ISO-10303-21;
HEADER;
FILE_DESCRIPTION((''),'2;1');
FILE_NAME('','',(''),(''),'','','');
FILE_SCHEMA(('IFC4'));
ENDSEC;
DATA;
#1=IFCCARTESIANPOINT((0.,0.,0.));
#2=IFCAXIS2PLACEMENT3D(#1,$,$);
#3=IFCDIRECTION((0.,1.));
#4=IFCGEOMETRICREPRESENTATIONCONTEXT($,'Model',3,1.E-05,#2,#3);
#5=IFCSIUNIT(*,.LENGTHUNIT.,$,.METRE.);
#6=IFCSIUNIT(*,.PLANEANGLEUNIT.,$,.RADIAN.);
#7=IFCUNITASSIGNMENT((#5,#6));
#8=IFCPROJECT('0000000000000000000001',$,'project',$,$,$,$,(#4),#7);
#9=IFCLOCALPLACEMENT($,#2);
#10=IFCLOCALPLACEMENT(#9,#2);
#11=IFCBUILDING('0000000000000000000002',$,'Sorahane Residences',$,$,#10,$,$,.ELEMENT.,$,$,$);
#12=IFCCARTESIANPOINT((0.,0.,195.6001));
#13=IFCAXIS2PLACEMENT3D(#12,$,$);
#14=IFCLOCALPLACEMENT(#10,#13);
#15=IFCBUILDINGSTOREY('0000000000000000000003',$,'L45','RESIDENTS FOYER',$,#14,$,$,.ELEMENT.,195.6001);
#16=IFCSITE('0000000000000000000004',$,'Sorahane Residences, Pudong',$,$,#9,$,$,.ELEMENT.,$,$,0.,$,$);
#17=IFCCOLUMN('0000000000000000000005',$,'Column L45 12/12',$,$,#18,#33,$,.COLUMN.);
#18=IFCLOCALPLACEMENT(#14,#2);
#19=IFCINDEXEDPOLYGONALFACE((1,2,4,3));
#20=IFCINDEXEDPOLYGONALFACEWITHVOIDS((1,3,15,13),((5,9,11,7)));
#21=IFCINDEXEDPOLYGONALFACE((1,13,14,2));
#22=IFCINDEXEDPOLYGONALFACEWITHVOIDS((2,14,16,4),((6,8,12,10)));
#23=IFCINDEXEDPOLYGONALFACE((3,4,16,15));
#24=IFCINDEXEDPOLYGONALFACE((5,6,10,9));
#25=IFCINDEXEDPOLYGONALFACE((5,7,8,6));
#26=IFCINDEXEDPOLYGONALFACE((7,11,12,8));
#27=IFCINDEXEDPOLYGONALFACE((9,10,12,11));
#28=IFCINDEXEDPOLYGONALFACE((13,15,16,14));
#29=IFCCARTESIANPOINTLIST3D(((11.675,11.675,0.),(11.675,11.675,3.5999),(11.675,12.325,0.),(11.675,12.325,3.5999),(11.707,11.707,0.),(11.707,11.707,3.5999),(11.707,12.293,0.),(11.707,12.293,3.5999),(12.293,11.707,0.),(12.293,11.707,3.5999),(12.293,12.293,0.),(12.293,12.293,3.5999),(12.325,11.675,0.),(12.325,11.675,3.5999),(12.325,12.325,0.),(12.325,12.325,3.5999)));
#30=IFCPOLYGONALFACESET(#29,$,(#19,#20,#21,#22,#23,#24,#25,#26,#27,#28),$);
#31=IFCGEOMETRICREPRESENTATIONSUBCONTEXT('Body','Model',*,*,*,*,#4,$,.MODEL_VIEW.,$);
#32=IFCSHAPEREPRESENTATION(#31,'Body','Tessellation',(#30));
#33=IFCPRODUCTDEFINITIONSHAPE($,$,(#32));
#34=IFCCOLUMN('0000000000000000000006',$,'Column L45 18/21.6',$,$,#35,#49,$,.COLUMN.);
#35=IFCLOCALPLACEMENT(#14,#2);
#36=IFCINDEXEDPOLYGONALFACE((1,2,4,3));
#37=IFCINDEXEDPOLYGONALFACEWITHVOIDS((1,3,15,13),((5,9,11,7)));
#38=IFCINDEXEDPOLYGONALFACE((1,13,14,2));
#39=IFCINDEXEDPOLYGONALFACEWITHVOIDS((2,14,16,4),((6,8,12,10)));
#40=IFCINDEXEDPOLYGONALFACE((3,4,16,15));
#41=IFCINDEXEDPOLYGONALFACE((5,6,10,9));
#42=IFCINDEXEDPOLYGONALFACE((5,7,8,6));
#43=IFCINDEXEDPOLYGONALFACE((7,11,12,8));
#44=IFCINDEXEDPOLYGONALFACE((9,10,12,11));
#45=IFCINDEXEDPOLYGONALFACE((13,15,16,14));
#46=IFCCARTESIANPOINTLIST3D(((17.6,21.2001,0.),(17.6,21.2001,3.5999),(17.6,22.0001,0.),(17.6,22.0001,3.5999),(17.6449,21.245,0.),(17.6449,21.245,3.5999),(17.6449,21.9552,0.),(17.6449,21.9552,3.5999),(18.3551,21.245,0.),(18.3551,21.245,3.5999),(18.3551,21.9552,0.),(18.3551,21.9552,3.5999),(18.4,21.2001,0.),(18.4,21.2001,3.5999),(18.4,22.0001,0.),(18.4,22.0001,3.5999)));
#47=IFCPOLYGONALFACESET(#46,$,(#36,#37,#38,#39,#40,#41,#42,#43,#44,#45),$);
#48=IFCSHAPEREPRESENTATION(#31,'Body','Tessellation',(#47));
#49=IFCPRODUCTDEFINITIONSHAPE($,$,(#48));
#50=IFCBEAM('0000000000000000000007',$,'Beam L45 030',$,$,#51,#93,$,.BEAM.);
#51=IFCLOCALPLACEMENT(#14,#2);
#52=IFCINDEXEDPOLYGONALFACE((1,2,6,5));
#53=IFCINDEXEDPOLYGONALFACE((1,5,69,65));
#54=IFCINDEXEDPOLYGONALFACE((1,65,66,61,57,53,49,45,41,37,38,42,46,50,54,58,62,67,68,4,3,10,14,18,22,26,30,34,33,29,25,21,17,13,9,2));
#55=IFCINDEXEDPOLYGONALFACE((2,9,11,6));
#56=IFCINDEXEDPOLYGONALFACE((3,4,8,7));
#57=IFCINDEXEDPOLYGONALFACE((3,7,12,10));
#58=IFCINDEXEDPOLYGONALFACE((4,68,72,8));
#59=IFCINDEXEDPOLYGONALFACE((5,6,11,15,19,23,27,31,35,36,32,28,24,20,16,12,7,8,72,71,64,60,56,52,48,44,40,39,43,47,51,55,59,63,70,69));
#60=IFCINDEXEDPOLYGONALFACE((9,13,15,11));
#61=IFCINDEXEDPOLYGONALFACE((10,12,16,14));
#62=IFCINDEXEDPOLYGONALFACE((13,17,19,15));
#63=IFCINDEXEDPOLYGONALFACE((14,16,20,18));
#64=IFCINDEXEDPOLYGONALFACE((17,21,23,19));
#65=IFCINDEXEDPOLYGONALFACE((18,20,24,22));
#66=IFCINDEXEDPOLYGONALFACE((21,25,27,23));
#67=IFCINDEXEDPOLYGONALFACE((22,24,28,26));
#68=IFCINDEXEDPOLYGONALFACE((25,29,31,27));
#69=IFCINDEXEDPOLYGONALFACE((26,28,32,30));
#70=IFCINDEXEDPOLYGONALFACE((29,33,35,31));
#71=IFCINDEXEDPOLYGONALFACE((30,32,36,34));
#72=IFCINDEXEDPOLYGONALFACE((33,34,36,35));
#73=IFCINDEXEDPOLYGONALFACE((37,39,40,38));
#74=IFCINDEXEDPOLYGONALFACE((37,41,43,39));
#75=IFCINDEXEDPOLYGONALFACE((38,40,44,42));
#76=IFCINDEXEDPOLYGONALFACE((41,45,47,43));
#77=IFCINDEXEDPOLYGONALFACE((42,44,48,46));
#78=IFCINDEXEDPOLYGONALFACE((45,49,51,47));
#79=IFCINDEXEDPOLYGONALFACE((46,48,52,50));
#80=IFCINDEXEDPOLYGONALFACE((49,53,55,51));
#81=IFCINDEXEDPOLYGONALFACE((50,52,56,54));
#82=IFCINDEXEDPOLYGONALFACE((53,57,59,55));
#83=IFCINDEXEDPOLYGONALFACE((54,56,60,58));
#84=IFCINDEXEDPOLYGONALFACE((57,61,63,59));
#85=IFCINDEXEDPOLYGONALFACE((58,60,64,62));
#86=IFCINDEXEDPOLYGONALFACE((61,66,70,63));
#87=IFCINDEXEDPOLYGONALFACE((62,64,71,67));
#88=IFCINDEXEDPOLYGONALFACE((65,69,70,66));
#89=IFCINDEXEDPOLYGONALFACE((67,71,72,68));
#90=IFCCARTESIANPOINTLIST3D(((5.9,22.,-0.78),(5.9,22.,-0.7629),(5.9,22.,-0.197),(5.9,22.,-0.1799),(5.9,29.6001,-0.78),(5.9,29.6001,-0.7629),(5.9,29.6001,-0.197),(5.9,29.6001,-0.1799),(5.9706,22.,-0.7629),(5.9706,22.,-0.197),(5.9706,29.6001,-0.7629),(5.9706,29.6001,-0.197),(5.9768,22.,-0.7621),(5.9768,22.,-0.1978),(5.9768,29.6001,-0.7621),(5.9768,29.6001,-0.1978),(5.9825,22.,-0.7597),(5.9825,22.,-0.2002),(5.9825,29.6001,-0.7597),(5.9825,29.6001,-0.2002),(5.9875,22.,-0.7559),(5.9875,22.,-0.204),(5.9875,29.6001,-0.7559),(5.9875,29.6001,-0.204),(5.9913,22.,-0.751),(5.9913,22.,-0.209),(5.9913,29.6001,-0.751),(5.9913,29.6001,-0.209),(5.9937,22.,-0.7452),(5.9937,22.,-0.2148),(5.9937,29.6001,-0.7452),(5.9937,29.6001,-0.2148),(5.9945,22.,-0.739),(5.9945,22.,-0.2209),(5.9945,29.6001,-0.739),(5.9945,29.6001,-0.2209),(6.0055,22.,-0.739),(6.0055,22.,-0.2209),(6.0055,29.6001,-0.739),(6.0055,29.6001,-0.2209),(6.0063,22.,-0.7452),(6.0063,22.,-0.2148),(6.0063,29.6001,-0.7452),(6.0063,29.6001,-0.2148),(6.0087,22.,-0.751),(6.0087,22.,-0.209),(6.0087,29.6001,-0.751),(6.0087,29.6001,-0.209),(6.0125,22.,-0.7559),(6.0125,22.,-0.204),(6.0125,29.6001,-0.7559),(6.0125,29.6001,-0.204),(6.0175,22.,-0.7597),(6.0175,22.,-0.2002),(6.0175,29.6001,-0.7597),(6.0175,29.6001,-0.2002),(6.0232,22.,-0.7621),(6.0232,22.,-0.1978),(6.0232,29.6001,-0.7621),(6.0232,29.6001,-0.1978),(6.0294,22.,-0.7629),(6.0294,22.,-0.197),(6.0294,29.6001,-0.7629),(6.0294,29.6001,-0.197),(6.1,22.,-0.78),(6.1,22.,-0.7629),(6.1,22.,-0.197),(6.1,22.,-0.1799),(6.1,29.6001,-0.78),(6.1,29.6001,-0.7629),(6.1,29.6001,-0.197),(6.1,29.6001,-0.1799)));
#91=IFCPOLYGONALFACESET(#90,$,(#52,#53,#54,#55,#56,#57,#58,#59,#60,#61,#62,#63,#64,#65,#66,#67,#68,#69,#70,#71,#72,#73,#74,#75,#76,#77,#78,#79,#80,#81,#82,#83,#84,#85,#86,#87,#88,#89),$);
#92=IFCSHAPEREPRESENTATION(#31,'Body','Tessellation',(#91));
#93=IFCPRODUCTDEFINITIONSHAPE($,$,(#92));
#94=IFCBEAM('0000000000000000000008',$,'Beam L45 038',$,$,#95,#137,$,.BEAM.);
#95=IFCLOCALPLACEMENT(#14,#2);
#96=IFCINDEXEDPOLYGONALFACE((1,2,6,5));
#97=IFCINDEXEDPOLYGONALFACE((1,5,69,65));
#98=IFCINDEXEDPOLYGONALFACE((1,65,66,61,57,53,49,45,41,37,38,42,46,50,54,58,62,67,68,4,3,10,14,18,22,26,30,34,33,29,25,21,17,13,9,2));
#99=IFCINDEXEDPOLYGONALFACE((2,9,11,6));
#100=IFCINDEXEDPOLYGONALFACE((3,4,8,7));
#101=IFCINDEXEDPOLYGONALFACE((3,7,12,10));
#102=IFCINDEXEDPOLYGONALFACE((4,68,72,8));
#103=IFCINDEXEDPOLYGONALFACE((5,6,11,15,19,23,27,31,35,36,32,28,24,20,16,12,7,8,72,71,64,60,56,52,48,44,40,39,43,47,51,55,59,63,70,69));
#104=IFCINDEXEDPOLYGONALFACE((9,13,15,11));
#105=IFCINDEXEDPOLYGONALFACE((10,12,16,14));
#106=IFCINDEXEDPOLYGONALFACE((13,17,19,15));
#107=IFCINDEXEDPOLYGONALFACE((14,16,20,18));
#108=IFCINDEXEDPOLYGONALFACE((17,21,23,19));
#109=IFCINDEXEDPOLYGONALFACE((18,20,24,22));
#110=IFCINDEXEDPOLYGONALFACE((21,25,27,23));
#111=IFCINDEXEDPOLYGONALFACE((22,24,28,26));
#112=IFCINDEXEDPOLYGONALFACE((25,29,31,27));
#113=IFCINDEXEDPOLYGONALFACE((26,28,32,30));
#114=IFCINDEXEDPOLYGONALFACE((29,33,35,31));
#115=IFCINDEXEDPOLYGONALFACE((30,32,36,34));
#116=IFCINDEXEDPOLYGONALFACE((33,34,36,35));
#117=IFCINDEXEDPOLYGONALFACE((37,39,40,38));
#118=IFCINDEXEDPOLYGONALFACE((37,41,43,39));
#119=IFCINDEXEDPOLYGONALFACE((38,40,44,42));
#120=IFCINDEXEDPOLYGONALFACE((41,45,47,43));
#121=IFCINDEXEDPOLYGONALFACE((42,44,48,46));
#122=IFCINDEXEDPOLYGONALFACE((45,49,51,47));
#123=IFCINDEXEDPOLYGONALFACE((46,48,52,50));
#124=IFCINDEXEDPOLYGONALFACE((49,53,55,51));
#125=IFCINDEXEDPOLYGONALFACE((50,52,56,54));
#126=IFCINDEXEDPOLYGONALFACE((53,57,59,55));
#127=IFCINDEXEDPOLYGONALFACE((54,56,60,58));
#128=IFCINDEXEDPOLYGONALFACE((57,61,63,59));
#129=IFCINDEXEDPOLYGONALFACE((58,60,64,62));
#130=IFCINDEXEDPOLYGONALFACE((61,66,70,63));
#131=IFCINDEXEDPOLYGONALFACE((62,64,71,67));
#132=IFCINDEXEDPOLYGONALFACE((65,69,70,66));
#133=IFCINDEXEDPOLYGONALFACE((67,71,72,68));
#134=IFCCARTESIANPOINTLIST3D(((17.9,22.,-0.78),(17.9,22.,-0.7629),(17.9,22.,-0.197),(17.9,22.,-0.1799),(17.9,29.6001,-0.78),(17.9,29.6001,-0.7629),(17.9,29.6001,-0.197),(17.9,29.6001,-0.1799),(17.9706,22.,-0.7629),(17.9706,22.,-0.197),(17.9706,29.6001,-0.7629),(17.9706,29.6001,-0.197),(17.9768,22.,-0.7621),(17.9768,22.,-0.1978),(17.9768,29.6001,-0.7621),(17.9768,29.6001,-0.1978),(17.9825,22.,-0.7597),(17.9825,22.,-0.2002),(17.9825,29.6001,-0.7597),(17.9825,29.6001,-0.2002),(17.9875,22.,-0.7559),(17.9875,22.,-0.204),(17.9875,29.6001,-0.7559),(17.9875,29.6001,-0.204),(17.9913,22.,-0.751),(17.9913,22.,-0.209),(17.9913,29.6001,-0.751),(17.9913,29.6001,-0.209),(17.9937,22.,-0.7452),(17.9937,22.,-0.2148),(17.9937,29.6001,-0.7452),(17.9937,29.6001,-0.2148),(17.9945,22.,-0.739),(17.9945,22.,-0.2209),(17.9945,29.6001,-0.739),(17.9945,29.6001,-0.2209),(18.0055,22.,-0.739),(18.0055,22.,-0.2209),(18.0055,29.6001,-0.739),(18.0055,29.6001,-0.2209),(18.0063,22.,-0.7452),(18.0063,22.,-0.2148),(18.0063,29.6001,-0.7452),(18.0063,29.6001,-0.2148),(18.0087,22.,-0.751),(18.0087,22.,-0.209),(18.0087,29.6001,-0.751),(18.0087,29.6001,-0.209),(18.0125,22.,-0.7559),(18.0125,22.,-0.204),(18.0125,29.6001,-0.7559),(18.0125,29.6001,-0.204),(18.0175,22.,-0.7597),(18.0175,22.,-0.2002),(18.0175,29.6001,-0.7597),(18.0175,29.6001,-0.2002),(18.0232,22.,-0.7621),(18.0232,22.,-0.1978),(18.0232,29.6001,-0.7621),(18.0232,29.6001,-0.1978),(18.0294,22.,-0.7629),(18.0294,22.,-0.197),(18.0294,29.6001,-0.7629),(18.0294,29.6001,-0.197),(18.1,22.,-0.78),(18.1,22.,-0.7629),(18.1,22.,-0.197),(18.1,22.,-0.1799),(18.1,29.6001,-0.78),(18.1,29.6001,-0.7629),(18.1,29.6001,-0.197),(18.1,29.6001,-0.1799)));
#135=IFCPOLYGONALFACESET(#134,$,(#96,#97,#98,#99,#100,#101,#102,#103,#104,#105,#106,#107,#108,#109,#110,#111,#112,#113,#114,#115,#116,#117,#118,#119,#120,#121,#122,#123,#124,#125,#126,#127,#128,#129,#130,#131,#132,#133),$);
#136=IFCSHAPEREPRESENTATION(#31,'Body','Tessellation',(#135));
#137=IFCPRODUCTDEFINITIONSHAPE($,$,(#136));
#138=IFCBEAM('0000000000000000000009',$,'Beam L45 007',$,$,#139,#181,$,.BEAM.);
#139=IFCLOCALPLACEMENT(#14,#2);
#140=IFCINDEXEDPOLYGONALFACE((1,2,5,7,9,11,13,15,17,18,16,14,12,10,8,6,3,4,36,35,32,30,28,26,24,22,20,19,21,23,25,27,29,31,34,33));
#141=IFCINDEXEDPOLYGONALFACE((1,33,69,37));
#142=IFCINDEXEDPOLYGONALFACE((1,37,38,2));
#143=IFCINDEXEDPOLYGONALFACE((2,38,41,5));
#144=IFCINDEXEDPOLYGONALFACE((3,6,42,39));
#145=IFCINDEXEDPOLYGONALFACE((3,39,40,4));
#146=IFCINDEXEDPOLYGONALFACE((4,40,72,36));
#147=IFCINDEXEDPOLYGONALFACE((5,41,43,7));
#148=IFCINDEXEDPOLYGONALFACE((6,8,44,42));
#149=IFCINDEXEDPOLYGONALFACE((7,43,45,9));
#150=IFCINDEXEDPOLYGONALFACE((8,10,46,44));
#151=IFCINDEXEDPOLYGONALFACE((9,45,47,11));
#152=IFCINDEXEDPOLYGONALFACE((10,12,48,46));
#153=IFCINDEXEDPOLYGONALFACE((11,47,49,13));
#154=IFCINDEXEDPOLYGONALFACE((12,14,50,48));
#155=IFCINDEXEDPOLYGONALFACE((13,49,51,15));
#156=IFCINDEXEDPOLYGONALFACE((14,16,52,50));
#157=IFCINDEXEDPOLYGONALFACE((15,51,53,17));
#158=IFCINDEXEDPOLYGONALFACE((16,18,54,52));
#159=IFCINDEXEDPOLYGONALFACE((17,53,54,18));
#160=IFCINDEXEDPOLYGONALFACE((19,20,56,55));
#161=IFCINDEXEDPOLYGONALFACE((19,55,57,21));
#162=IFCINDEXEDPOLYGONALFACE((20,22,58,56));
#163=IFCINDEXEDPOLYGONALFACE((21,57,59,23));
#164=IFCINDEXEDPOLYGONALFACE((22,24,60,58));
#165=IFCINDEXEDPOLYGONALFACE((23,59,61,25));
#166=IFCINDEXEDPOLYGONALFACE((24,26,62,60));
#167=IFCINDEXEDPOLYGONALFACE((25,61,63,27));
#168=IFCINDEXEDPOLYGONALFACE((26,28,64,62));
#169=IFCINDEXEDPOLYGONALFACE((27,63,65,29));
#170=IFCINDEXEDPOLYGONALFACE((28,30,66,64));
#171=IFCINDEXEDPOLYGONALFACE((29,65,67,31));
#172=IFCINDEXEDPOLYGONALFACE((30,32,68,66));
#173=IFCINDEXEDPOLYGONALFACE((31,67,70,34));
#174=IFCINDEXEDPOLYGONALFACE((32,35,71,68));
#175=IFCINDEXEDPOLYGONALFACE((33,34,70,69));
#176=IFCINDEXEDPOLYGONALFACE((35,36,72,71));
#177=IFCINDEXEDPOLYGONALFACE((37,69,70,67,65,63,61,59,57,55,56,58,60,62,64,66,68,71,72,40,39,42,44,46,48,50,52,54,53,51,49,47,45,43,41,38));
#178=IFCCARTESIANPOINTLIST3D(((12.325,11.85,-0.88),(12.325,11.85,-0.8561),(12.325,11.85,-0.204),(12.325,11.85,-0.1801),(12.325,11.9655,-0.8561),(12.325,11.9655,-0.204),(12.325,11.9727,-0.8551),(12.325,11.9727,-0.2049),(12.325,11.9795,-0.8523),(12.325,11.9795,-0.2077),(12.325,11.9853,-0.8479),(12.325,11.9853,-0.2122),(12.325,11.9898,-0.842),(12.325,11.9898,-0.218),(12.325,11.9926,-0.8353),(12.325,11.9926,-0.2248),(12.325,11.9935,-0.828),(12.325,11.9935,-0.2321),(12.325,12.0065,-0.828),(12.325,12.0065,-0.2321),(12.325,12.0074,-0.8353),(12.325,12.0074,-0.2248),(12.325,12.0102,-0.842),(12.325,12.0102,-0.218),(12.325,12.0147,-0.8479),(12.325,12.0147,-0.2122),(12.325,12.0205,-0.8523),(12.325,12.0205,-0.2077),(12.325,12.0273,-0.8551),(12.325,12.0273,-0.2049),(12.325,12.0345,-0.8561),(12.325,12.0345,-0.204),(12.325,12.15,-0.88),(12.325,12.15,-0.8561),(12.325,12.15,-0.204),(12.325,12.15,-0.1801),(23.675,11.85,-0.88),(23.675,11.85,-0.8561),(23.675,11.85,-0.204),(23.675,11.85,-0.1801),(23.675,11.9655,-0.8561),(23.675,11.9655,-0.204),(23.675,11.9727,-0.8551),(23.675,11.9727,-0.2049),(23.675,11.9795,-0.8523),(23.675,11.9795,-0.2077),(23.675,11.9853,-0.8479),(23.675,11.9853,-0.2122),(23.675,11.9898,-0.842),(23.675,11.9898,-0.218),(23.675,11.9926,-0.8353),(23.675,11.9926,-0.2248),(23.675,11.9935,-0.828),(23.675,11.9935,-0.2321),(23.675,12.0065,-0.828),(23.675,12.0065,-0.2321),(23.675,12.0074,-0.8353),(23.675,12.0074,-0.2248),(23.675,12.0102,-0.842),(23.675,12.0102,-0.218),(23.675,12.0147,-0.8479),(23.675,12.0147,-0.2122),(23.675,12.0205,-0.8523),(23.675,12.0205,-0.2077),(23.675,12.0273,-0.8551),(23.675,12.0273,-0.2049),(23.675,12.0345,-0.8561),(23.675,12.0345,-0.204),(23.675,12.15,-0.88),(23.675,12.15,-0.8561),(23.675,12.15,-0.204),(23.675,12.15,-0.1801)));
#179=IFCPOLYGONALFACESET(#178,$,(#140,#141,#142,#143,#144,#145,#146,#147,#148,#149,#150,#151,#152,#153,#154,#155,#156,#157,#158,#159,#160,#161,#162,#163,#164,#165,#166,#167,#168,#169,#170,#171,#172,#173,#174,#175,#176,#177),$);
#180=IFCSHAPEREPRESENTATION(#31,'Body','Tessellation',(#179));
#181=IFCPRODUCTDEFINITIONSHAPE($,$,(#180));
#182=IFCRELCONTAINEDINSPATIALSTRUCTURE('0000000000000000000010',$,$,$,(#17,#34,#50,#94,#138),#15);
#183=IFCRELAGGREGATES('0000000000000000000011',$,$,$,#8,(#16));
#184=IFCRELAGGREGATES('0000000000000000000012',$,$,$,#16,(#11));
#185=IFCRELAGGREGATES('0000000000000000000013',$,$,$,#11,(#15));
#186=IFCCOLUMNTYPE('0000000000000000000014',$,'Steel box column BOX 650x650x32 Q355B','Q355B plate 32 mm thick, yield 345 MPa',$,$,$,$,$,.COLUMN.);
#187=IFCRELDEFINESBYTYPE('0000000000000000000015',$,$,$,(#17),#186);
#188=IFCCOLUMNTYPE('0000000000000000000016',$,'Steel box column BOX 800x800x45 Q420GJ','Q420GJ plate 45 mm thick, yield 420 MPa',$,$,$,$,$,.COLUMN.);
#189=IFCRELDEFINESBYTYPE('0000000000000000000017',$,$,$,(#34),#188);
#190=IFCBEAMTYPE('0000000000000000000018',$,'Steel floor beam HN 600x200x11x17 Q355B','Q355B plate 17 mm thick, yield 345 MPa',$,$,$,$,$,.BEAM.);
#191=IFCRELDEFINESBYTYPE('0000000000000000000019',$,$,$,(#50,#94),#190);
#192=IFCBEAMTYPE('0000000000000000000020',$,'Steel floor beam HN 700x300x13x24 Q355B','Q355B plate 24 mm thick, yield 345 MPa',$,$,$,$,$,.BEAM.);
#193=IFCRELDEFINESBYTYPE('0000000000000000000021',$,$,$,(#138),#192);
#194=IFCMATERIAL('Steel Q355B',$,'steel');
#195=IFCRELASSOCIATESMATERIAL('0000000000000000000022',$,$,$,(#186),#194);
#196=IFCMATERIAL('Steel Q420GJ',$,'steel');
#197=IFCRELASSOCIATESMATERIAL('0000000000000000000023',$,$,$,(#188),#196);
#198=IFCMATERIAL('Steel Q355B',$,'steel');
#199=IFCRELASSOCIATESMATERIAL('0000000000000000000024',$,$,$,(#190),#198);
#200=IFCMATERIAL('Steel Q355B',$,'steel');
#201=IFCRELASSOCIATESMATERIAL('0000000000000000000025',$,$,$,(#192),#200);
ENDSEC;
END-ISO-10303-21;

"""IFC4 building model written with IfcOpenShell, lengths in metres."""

from ifc_helpers import new_model, si_unit, direction, frame, origin, origin_2d, place, context, subcontext, project, spatial, hollow_rectangle, i_section, extrude, material, material_profile, profile_set, type_object, element, save


model = new_model("IFC4")

# Units and contexts
model_context = context("Model", 3, precision=1e-05, world=origin(), true_north=direction((0.0, 1.0)))
body_context = subcontext(model_context, "Body", "Model", "MODEL_VIEW")
ifc_project = project(units=[si_unit("LENGTHUNIT", "METRE"), si_unit("PLANEANGLEUNIT", "RADIAN")], contexts=[model_context])

# Site, building, storey
site_placement = place(None, origin())
site = spatial("IfcSite", under=ifc_project, at=site_placement, Name="Sorahane Residences, Pudong", CompositionType="ELEMENT", RefElevation=0.0)
building_placement = place(site_placement, origin())
building = spatial("IfcBuilding", under=site, at=building_placement, Name="Sorahane Residences", CompositionType="ELEMENT")
storey_placement = place(building_placement, frame((0.0, 0.0, 195.6001)))
storey = spatial("IfcBuildingStorey", under=building, at=storey_placement, Name="L45", Description="RESIDENTS FOYER", CompositionType="ELEMENT", Elevation=195.6001)

# Columns
ifc_material_1 = material(Name="Steel Q355B", Category="steel")
ifc_material_profile_1 = material_profile(ifc_material_1, hollow_rectangle(XDim=0.6499, YDim=0.6499, WallThickness=0.032, at=origin_2d()), Name="BOX 650x650x32")
ifc_profile_set_1 = profile_set([ifc_material_profile_1], Name="Steel Q355B")
column_type_1 = type_object("IfcColumnType", Name="Steel box column BOX 650x650x32 Q355B", Description="Q355B plate 32 mm thick, yield 345 MPa", PredefinedType="COLUMN", material=ifc_profile_set_1)
column_1_placement = place(storey_placement, frame((12.0, 12.0, 0.0), z_axis=(0.0, 0.0, 1.0), x_axis=(1.0, 0.0, 0.0)))
element("IfcColumn", 1, at=column_1_placement, inside=storey, type_object=column_type_1, Name="Column L45 12/12", PredefinedType="COLUMN", context=body_context, shape_type="SweptSolid", body=[
    extrude(hollow_rectangle(XDim=0.6499, YDim=0.6499, WallThickness=0.032, at=origin_2d()), origin(), (0.0, 0.0, 1.0), 3.5999),
])
ifc_material_2 = material(Name="Steel Q420GJ", Category="steel")
ifc_material_profile_2 = material_profile(ifc_material_2, hollow_rectangle(XDim=0.8, YDim=0.8, WallThickness=0.0449, at=origin_2d()), Name="BOX 800x800x45")
ifc_profile_set_2 = profile_set([ifc_material_profile_2], Name="Steel Q420GJ")
column_type_2 = type_object("IfcColumnType", Name="Steel box column BOX 800x800x45 Q420GJ", Description="Q420GJ plate 45 mm thick, yield 420 MPa", PredefinedType="COLUMN", material=ifc_profile_set_2)
column_2_placement = place(storey_placement, frame((18.0, 21.6001, 0.0), z_axis=(0.0, 0.0, 1.0), x_axis=(1.0, 0.0, 0.0)))
element("IfcColumn", 2, at=column_2_placement, inside=storey, type_object=column_type_2, Name="Column L45 18/21.6", PredefinedType="COLUMN", context=body_context, shape_type="SweptSolid", body=[
    extrude(hollow_rectangle(XDim=0.8, YDim=0.8, WallThickness=0.0449, at=origin_2d()), origin(), (0.0, 0.0, 1.0), 3.5999),
])

# Beams
ifc_material_3 = material(Name="Steel Q355B", Category="steel")
ifc_material_profile_3 = material_profile(ifc_material_3, i_section(OverallWidth=0.2, OverallDepth=0.6001, WebThickness=0.011, FlangeThickness=0.0171, FilletRadius=0.0239, at=origin_2d()), Name="HN 600x200x11x17")
ifc_profile_set_3 = profile_set([ifc_material_profile_3], Name="Steel Q355B")
beam_type_1 = type_object("IfcBeamType", Name="Steel floor beam HN 600x200x11x17 Q355B", Description="Q355B plate 17 mm thick, yield 345 MPa", PredefinedType="BEAM", material=ifc_profile_set_3)
for number, where, z_axis, x_axis, name in (
    (3, (6.0, 22.0, -0.48), (0.0, 1.0, 0.0), (-1.0, 0.0, 0.0), "Beam L45 030"),
    (4, (18.0, 22.0, -0.48), (0.0, 1.0, 0.0), (-1.0, 0.0, 0.0), "Beam L45 038"),
):
    element("IfcBeam", number, at=place(storey_placement, frame(where, z_axis=z_axis, x_axis=x_axis)), inside=storey, type_object=beam_type_1, Name=name, PredefinedType="BEAM", context=body_context, shape_type="SweptSolid", body=[
        extrude(i_section(OverallWidth=0.2, OverallDepth=0.6001, WebThickness=0.011, FlangeThickness=0.0171, FilletRadius=0.0239, at=origin_2d()), origin(), (0.0, 0.0, 1.0), 7.6001),
    ])
ifc_material_4 = material(Name="Steel Q355B", Category="steel")
ifc_material_profile_4 = material_profile(ifc_material_4, i_section(OverallWidth=0.3, OverallDepth=0.7, WebThickness=0.0129, FlangeThickness=0.0239, FilletRadius=0.0281, at=origin_2d()), Name="HN 700x300x13x24")
ifc_profile_set_4 = profile_set([ifc_material_profile_4], Name="Steel Q355B")
beam_type_2 = type_object("IfcBeamType", Name="Steel floor beam HN 700x300x13x24 Q355B", Description="Q355B plate 24 mm thick, yield 345 MPa", PredefinedType="BEAM", material=ifc_profile_set_4)
beam_1_placement = place(storey_placement, frame((12.325, 12.0, -0.53), z_axis=(1.0, 0.0, 0.0), x_axis=(0.0, 1.0, 0.0)))
element("IfcBeam", 5, at=beam_1_placement, inside=storey, type_object=beam_type_2, Name="Beam L45 007", PredefinedType="BEAM", context=body_context, shape_type="SweptSolid", body=[
    extrude(i_section(OverallWidth=0.3, OverallDepth=0.7, WebThickness=0.0129, FlangeThickness=0.0239, FilletRadius=0.0281, at=origin_2d()), origin(), (0.0, 0.0, 1.0), 11.3501),
])

save(model, "model.ifc")
